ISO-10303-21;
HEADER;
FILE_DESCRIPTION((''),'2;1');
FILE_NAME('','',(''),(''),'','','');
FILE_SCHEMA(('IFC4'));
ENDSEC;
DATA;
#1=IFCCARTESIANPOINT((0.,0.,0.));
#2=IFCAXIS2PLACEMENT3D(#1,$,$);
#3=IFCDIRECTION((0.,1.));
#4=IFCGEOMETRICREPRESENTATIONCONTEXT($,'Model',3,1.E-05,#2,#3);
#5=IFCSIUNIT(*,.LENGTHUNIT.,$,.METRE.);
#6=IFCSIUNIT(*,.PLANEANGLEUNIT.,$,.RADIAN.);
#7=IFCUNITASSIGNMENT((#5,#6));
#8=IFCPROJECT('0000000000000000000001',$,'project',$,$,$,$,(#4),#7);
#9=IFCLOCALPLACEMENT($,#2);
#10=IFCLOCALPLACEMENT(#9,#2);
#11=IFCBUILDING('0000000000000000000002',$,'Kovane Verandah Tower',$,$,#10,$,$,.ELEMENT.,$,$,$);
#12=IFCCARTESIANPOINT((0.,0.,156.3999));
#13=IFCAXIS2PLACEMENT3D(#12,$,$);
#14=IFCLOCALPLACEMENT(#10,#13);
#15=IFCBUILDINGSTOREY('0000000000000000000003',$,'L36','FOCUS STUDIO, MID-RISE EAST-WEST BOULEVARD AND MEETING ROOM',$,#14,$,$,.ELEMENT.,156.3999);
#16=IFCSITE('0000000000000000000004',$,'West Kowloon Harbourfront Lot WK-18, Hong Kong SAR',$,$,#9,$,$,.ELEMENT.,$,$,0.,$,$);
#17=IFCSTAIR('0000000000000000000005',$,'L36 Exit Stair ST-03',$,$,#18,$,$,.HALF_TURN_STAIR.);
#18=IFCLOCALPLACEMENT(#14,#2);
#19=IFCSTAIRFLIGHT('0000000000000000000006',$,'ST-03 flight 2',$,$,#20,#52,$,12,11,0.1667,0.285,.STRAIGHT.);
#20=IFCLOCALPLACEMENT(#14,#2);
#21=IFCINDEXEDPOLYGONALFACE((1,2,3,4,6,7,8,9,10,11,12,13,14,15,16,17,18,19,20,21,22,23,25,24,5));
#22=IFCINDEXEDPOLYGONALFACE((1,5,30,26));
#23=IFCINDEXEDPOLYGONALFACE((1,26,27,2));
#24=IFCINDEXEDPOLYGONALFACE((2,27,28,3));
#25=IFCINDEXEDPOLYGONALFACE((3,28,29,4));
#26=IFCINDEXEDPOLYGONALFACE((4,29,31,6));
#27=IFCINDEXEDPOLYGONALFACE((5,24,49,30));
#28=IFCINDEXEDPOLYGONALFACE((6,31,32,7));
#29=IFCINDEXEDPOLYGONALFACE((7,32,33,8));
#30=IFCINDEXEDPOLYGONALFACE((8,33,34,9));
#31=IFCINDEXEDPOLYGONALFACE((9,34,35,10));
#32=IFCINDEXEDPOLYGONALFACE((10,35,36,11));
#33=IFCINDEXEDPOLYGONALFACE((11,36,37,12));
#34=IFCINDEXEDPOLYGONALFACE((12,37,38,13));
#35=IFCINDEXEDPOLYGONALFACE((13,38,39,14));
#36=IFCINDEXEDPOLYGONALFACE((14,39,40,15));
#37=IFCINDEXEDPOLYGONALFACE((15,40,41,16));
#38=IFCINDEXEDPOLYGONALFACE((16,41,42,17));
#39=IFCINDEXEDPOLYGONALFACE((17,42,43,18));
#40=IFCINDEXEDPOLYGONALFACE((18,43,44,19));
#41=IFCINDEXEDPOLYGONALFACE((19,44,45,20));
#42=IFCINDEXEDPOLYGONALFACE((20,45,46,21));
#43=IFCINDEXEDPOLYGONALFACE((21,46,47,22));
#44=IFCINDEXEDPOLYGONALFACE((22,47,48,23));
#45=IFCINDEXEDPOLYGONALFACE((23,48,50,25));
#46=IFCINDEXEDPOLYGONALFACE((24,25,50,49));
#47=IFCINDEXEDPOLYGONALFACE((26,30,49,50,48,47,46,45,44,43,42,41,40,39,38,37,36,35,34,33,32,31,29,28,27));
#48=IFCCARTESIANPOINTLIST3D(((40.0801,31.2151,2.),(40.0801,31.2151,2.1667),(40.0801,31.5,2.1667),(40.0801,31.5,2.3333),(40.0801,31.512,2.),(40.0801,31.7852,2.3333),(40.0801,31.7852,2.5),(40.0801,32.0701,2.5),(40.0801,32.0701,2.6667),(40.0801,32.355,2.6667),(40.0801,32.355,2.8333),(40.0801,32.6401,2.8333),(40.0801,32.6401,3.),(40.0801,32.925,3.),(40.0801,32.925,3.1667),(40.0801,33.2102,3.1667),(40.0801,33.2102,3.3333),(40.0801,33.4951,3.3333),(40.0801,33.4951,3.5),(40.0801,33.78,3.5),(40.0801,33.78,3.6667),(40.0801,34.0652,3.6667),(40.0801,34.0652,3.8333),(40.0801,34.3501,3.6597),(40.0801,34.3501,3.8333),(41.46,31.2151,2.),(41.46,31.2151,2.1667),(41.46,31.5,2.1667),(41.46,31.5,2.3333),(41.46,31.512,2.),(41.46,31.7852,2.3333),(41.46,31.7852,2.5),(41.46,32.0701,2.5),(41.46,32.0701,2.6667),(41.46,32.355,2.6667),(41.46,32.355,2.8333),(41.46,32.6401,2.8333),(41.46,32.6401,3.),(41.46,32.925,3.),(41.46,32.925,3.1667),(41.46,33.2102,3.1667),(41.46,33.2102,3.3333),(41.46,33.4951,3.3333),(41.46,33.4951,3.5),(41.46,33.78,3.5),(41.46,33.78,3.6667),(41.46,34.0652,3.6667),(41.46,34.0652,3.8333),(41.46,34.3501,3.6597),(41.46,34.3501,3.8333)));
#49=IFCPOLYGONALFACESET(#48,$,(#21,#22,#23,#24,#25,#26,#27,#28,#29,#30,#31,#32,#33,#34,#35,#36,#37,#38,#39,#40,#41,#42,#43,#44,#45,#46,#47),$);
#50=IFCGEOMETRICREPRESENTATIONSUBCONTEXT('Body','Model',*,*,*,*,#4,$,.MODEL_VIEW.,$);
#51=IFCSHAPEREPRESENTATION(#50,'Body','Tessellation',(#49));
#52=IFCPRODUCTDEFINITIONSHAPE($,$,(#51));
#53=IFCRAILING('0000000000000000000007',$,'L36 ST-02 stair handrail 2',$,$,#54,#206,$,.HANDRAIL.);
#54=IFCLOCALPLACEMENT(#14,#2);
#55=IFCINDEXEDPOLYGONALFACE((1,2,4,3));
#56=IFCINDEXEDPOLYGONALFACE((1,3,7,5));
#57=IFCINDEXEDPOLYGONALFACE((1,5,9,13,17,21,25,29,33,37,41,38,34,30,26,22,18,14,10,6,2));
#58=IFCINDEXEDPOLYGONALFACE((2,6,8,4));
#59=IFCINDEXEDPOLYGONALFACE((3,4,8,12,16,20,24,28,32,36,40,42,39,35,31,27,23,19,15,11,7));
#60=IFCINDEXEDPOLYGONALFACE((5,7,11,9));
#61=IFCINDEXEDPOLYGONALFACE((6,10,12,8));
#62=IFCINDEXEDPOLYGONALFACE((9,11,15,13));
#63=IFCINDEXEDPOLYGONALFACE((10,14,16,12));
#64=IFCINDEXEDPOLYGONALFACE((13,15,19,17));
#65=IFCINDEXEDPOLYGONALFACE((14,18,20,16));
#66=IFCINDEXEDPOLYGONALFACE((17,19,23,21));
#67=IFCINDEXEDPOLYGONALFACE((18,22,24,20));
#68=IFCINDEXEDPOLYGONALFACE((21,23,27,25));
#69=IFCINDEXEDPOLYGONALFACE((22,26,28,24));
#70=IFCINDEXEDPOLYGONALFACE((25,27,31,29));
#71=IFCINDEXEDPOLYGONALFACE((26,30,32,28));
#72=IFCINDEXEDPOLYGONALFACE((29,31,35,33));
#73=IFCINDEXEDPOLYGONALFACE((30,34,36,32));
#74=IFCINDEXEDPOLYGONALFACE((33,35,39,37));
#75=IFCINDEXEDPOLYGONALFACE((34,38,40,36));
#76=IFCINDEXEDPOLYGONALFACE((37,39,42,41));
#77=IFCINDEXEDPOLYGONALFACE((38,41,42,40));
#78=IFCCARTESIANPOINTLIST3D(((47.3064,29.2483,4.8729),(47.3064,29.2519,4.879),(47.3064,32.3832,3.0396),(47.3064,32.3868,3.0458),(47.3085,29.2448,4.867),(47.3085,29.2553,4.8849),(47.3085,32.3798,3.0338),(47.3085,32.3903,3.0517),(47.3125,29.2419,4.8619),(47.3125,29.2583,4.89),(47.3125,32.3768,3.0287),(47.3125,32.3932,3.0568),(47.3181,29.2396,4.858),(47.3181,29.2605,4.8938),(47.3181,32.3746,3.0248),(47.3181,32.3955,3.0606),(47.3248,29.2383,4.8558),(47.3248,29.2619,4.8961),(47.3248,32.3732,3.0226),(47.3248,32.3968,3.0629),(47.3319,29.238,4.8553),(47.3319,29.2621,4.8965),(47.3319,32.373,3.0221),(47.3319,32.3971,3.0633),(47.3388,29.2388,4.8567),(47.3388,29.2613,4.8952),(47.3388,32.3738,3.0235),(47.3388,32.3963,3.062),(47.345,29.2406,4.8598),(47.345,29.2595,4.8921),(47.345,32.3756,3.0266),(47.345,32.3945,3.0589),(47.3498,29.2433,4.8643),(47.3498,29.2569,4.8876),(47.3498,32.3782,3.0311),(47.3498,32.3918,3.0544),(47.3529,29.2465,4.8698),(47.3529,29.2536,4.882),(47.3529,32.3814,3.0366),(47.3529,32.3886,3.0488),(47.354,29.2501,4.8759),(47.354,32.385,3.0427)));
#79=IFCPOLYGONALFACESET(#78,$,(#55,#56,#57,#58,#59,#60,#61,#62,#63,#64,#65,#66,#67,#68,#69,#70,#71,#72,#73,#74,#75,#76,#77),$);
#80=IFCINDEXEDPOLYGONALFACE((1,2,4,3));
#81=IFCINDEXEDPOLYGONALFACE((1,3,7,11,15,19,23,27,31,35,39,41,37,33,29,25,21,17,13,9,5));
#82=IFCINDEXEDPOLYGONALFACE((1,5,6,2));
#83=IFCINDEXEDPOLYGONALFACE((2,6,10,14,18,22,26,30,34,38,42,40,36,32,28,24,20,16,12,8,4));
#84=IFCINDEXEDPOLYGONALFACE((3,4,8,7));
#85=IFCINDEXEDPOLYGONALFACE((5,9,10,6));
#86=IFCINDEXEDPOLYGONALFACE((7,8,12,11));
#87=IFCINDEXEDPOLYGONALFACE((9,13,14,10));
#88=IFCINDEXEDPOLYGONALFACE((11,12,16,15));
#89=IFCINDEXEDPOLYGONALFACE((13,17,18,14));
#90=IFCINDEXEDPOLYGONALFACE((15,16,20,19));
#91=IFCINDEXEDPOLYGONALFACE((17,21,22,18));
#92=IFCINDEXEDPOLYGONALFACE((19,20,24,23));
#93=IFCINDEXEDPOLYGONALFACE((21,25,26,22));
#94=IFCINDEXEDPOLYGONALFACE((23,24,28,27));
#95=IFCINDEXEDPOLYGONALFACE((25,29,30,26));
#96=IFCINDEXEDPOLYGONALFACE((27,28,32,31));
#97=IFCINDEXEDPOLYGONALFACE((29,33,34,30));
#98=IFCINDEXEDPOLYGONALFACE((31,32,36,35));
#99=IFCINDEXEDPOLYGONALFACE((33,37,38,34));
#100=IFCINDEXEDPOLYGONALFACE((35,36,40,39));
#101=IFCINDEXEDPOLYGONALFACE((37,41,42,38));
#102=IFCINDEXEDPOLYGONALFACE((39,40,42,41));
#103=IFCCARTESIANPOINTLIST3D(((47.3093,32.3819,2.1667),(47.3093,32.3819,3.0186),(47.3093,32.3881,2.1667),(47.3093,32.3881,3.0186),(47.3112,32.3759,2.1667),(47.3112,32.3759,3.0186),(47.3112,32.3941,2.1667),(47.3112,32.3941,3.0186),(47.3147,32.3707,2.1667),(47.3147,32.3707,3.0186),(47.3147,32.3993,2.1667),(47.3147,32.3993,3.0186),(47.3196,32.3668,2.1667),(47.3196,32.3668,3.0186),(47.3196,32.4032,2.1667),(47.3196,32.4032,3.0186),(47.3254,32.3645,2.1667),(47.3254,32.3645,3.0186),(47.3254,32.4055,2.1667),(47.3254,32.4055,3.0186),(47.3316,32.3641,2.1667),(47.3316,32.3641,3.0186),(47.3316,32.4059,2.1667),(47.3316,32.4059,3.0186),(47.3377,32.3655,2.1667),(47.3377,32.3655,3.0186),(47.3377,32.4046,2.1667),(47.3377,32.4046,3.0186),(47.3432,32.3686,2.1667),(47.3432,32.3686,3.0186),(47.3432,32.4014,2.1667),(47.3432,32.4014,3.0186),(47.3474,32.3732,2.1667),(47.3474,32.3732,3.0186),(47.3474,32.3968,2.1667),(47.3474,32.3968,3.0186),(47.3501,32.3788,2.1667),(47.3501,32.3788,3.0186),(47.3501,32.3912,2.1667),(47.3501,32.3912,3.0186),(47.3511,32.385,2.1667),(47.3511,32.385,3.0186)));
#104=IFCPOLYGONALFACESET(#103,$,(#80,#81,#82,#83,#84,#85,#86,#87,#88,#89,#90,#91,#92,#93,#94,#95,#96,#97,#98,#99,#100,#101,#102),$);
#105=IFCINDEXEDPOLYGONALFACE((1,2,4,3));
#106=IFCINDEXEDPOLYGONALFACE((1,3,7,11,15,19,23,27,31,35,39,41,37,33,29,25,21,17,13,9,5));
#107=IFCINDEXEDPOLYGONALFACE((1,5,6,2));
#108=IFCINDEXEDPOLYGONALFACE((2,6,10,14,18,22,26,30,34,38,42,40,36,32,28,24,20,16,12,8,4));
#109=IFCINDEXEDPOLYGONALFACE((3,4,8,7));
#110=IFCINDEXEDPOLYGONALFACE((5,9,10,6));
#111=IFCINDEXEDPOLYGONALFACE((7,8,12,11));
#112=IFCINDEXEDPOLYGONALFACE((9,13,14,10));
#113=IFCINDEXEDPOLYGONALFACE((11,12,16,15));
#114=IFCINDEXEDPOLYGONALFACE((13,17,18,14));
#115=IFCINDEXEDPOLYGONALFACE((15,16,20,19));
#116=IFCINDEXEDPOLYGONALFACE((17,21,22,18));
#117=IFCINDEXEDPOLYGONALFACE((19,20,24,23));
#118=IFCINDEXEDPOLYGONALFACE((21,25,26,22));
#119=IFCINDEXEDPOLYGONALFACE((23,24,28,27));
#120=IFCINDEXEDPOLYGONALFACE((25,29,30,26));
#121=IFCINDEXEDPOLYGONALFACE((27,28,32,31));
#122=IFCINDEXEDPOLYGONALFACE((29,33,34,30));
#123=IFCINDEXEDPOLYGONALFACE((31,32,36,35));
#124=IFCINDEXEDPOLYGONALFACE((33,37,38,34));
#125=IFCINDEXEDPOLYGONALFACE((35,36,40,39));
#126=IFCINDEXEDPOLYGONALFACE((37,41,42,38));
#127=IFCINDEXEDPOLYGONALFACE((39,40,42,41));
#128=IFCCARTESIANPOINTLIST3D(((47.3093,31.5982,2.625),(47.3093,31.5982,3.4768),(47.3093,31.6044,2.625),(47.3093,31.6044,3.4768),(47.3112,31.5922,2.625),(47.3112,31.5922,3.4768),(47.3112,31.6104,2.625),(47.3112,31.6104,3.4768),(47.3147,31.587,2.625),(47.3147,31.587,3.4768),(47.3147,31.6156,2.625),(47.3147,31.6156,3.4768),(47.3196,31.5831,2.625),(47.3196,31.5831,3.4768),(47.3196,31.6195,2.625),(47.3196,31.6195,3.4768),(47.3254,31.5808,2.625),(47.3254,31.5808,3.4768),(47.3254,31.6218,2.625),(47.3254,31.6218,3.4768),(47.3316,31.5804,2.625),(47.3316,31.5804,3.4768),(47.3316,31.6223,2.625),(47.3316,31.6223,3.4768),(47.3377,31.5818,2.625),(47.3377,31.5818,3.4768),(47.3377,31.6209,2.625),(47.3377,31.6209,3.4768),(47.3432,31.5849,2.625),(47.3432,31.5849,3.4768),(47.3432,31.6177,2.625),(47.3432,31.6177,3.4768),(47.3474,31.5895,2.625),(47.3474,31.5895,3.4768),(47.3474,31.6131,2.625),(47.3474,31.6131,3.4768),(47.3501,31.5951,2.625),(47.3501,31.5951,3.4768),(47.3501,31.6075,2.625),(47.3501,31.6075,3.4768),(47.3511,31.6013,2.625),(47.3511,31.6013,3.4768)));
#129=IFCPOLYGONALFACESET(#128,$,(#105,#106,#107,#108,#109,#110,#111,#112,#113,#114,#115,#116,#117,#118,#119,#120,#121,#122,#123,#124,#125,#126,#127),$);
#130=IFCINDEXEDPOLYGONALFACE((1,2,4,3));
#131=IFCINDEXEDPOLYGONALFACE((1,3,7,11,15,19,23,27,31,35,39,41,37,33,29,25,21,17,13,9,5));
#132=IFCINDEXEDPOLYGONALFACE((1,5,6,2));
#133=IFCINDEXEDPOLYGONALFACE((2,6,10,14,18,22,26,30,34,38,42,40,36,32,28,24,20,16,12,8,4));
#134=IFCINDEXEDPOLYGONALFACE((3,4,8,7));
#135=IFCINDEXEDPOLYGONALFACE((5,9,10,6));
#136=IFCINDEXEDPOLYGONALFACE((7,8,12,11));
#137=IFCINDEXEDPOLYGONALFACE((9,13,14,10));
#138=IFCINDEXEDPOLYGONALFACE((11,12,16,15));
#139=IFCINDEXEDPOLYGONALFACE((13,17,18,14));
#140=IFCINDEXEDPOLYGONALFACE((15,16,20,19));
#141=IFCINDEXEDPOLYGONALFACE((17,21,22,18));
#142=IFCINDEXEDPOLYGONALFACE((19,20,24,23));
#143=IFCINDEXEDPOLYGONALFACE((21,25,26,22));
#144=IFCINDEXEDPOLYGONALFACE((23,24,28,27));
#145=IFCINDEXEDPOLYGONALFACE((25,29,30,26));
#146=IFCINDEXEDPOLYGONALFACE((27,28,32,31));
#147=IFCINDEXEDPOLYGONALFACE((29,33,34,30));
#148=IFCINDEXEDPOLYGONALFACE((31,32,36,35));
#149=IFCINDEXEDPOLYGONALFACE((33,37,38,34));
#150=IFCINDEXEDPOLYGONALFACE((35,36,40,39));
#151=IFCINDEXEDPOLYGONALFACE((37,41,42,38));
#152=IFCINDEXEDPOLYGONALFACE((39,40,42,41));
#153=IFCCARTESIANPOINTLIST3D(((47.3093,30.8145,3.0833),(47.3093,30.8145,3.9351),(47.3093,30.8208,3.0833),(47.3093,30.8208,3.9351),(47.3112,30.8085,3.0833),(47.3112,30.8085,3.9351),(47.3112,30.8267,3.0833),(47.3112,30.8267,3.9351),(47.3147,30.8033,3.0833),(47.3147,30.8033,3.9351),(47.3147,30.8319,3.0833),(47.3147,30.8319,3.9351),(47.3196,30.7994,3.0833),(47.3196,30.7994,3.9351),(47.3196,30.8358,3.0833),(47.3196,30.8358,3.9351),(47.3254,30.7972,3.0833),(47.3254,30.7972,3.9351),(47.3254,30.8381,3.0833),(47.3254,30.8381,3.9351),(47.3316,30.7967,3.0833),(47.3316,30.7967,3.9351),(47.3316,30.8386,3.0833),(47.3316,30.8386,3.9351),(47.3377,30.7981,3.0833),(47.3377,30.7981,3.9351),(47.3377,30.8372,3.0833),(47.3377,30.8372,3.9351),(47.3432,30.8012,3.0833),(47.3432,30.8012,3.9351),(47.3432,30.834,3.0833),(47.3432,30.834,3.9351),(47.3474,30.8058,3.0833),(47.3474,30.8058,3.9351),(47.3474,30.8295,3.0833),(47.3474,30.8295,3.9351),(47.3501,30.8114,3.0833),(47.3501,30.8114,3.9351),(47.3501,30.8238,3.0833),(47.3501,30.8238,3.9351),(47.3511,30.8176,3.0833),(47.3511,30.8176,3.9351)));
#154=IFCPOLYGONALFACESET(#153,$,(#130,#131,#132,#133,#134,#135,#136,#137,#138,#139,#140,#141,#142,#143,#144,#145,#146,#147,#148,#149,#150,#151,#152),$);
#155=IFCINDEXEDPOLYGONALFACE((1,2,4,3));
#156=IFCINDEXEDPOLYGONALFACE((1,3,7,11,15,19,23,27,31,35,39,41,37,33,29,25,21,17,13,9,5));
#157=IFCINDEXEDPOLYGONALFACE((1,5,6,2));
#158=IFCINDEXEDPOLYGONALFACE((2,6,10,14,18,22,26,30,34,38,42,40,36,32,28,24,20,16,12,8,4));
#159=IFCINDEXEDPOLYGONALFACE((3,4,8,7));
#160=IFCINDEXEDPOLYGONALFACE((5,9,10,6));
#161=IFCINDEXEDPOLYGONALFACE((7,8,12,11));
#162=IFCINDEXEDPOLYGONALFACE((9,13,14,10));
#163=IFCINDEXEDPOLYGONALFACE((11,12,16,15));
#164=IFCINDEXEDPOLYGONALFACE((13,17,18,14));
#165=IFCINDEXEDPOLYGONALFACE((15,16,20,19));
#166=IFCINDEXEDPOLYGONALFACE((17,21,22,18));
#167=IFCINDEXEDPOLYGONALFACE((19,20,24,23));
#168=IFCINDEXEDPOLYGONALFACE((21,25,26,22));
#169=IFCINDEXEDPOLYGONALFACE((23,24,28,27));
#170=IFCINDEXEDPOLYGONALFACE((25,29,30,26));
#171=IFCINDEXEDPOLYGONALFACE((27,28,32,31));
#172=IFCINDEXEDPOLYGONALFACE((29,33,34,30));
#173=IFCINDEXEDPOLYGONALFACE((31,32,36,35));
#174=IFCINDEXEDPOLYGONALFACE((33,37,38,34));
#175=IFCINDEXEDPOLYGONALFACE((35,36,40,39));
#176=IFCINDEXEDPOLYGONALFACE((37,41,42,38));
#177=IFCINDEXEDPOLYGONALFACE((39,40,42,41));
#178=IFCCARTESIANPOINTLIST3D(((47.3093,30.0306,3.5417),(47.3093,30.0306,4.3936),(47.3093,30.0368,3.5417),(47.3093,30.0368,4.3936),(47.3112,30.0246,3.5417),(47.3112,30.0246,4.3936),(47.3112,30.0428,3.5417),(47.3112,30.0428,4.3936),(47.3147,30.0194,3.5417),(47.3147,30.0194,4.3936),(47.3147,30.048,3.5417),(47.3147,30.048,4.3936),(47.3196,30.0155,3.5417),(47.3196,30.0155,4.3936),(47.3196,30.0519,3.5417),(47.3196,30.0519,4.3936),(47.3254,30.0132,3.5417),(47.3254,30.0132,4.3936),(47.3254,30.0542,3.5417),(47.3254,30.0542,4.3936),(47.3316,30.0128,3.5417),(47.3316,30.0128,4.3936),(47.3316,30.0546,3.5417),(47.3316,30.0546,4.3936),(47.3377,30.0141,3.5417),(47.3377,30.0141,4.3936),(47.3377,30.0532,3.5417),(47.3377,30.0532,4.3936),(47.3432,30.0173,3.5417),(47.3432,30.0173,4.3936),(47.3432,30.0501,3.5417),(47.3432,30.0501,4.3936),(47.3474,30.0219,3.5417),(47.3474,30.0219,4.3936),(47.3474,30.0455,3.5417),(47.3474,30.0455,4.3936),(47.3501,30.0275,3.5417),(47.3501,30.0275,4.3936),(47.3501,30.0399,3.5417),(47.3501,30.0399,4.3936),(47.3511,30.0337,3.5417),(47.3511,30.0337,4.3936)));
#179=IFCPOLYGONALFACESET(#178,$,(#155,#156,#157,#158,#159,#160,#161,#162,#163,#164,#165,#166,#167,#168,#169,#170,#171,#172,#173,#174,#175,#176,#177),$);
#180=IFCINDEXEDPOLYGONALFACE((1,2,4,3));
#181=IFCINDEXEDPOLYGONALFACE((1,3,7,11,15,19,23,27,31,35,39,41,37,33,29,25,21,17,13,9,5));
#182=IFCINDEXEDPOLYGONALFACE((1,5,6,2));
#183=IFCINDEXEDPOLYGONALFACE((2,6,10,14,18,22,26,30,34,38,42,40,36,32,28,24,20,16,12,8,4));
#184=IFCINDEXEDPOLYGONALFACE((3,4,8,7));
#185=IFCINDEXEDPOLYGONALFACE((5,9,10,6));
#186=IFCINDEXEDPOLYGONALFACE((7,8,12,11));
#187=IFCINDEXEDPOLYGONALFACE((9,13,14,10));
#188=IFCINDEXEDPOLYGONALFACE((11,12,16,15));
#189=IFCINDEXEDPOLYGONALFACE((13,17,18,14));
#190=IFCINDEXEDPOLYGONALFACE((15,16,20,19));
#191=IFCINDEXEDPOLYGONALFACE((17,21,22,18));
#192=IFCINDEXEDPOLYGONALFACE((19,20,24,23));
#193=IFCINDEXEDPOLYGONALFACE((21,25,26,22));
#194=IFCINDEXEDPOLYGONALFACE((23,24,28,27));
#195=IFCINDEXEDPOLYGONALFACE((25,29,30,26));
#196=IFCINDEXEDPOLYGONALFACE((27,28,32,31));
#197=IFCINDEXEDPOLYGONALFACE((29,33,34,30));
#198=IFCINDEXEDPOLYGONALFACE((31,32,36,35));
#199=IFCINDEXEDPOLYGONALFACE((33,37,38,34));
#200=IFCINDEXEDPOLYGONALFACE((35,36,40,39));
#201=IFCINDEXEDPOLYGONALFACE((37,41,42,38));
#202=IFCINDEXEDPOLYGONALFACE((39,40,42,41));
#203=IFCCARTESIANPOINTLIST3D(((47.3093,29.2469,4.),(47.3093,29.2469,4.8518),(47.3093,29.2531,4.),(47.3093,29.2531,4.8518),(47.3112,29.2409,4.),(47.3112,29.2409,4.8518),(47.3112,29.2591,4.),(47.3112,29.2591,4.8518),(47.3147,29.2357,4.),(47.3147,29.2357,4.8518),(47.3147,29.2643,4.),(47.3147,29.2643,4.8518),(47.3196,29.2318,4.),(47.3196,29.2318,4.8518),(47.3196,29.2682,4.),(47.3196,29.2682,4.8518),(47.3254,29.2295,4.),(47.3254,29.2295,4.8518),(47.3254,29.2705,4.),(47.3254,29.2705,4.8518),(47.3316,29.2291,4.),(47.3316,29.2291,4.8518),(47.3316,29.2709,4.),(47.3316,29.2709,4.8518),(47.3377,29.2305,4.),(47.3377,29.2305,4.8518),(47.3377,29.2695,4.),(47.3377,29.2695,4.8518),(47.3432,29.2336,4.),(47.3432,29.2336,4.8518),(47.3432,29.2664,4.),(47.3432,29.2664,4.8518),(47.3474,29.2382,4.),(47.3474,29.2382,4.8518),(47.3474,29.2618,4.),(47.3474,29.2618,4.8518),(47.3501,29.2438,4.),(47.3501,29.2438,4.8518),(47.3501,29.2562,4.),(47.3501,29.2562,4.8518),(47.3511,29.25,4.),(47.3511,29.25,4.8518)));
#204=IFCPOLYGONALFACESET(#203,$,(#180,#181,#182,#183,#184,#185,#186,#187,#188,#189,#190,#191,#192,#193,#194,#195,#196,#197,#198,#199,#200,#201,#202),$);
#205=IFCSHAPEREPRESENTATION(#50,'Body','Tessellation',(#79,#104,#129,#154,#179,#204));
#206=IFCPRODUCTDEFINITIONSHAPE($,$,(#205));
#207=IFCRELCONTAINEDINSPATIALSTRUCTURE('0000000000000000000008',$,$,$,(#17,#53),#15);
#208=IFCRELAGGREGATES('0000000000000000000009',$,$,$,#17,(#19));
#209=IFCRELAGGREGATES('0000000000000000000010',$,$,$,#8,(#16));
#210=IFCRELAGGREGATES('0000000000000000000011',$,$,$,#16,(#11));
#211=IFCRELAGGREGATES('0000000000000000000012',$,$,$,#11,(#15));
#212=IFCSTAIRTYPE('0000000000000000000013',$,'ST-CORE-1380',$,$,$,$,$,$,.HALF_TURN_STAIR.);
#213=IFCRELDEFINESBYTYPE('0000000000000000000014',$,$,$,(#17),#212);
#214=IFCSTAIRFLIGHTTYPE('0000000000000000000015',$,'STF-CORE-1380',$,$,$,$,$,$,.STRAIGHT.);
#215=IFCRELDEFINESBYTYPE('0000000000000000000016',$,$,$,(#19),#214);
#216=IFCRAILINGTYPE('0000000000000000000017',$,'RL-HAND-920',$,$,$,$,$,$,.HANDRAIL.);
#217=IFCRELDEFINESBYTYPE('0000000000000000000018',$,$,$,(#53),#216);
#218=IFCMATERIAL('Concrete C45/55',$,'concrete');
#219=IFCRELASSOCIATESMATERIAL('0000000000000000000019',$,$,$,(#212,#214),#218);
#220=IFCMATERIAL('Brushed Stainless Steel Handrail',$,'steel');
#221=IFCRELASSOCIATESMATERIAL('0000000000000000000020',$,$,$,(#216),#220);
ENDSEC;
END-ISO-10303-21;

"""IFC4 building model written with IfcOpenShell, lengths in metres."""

from ifc_helpers import new_model, si_unit, direction, frame, origin, origin_2d, place, context, subcontext, project, spatial, polyline, circle, outline, extrude, material, type_object, element, aggregate, save


model = new_model("IFC4")

# Units and contexts
model_context = context("Model", 3, precision=1e-05, world=origin(), true_north=direction((0.0, 1.0)))
body_context = subcontext(model_context, "Body", "Model", "MODEL_VIEW")
ifc_project = project(units=[si_unit("LENGTHUNIT", "METRE"), si_unit("PLANEANGLEUNIT", "RADIAN")], contexts=[model_context])

# Site, building, storey
site_placement = place(None, origin())
site = spatial("IfcSite", under=ifc_project, at=site_placement, Name="West Kowloon Harbourfront Lot WK-18, Hong Kong SAR", CompositionType="ELEMENT", RefElevation=0.0)
building_placement = place(site_placement, origin())
building = spatial("IfcBuilding", under=site, at=building_placement, Name="Kovane Verandah Tower", CompositionType="ELEMENT")
storey_placement = place(building_placement, frame((0.0, 0.0, 156.3999)))
storey = spatial("IfcBuildingStorey", under=building, at=storey_placement, Name="L36", Description="FOCUS STUDIO, MID-RISE EAST-WEST BOULEVARD AND MEETING ROOM", CompositionType="ELEMENT", Elevation=156.3999)

# Shared definitions
ifc_material_1 = material(Name="Concrete C45/55", Category="concrete")

# Stair, stair flight
stair_type = type_object("IfcStairType", Name="ST-CORE-1380", PredefinedType="HALF_TURN_STAIR", material=ifc_material_1)
stair_flight_type = type_object("IfcStairFlightType", Name="STF-CORE-1380", PredefinedType="STRAIGHT", material=ifc_material_1)
stair_1_placement = place(storey_placement, origin())
stair_1 = element("IfcStair", 1, at=stair_1_placement, inside=storey, type_object=stair_type, Name="L36 Exit Stair ST-03", PredefinedType="HALF_TURN_STAIR")
stair_flight_1_placement = place(storey_placement, frame((40.77, 31.2151, 2.0), z_axis=(0.0, 0.0, 1.0), x_axis=(0.0, 1.0, 0.0)))
stair_flight_1 = element("IfcStairFlight", 2, at=stair_flight_1_placement, type_object=stair_flight_type, Name="ST-03 flight 2", NumberOfRisers=12, NumberOfTreads=11, PredefinedType="STRAIGHT", RiserHeight=0.1667, TreadLength=0.285, context=body_context, shape_type="SweptSolid", body=[
    extrude(outline(polyline([(0.0, 0.0), (0.0, 0.1667), (0.2849, 0.1667), (0.2849, 0.3333), (0.5701, 0.3333), (0.5701, 0.5), (0.855, 0.5), (0.855, 0.6667), (1.1399, 0.6667), (1.1399, 0.8333), (1.425, 0.8333), (1.425, 1.0), (1.71, 1.0), (1.71, 1.1667), (1.9951, 1.1667), (1.9951, 1.3333), (2.28, 1.3333), (2.28, 1.5), (2.5649, 1.5), (2.5649, 1.6667), (2.8501, 1.6667), (2.8501, 1.8333), (3.135, 1.8333), (3.135, 2.0), (3.135, 1.6597), (0.2969, 0.0), (0.0, 0.0)])), frame((0.0, 0.6899, 0.0), z_axis=(0.0, -1.0, 0.0), x_axis=(1.0, 0.0, 0.0)), (0.0, 0.0, 1.0), 1.3799),
])
aggregate(stair_1, [stair_flight_1])

# Railing
ifc_material_2 = material(Name="Brushed Stainless Steel Handrail", Category="steel")
railing_type_1 = type_object("IfcRailingType", Name="RL-HAND-920", PredefinedType="HANDRAIL", material=ifc_material_2)
railing_1_placement = place(storey_placement, frame((47.3301, 32.385, 2.1667)))
element("IfcRailing", 3, at=railing_1_placement, inside=storey, type_object=railing_type_1, Name="L36 ST-02 stair handrail 2", PredefinedType="HANDRAIL", context=body_context, shape_type="SweptSolid", body=[
    extrude(circle(Radius=0.0239, at=origin_2d()), frame((0.0, 0.0, 0.876), z_axis=(0.0, -0.86324, 0.504794), x_axis=(1.0, 0.0, 0.0)), (0.0, 0.0, 1.0), 3.6316),
    extrude(circle(Radius=0.021, at=origin_2d()), origin(), (0.0, 0.0, 1.0), 0.8518),
    extrude(circle(Radius=0.021, at=origin_2d()), frame((0.0, -0.7837, 0.4583)), (0.0, 0.0, 1.0), 0.8518),
    extrude(circle(Radius=0.021, at=origin_2d()), frame((0.0, -1.5674, 0.9165)), (0.0, 0.0, 1.0), 0.8518),
    extrude(circle(Radius=0.021, at=origin_2d()), frame((0.0, -2.3513, 1.375)), (0.0, 0.0, 1.0), 0.8518),
    extrude(circle(Radius=0.021, at=origin_2d()), frame((0.0, -3.135, 1.8333)), (0.0, 0.0, 1.0), 0.8518),
])

save(model, "model.ifc")
